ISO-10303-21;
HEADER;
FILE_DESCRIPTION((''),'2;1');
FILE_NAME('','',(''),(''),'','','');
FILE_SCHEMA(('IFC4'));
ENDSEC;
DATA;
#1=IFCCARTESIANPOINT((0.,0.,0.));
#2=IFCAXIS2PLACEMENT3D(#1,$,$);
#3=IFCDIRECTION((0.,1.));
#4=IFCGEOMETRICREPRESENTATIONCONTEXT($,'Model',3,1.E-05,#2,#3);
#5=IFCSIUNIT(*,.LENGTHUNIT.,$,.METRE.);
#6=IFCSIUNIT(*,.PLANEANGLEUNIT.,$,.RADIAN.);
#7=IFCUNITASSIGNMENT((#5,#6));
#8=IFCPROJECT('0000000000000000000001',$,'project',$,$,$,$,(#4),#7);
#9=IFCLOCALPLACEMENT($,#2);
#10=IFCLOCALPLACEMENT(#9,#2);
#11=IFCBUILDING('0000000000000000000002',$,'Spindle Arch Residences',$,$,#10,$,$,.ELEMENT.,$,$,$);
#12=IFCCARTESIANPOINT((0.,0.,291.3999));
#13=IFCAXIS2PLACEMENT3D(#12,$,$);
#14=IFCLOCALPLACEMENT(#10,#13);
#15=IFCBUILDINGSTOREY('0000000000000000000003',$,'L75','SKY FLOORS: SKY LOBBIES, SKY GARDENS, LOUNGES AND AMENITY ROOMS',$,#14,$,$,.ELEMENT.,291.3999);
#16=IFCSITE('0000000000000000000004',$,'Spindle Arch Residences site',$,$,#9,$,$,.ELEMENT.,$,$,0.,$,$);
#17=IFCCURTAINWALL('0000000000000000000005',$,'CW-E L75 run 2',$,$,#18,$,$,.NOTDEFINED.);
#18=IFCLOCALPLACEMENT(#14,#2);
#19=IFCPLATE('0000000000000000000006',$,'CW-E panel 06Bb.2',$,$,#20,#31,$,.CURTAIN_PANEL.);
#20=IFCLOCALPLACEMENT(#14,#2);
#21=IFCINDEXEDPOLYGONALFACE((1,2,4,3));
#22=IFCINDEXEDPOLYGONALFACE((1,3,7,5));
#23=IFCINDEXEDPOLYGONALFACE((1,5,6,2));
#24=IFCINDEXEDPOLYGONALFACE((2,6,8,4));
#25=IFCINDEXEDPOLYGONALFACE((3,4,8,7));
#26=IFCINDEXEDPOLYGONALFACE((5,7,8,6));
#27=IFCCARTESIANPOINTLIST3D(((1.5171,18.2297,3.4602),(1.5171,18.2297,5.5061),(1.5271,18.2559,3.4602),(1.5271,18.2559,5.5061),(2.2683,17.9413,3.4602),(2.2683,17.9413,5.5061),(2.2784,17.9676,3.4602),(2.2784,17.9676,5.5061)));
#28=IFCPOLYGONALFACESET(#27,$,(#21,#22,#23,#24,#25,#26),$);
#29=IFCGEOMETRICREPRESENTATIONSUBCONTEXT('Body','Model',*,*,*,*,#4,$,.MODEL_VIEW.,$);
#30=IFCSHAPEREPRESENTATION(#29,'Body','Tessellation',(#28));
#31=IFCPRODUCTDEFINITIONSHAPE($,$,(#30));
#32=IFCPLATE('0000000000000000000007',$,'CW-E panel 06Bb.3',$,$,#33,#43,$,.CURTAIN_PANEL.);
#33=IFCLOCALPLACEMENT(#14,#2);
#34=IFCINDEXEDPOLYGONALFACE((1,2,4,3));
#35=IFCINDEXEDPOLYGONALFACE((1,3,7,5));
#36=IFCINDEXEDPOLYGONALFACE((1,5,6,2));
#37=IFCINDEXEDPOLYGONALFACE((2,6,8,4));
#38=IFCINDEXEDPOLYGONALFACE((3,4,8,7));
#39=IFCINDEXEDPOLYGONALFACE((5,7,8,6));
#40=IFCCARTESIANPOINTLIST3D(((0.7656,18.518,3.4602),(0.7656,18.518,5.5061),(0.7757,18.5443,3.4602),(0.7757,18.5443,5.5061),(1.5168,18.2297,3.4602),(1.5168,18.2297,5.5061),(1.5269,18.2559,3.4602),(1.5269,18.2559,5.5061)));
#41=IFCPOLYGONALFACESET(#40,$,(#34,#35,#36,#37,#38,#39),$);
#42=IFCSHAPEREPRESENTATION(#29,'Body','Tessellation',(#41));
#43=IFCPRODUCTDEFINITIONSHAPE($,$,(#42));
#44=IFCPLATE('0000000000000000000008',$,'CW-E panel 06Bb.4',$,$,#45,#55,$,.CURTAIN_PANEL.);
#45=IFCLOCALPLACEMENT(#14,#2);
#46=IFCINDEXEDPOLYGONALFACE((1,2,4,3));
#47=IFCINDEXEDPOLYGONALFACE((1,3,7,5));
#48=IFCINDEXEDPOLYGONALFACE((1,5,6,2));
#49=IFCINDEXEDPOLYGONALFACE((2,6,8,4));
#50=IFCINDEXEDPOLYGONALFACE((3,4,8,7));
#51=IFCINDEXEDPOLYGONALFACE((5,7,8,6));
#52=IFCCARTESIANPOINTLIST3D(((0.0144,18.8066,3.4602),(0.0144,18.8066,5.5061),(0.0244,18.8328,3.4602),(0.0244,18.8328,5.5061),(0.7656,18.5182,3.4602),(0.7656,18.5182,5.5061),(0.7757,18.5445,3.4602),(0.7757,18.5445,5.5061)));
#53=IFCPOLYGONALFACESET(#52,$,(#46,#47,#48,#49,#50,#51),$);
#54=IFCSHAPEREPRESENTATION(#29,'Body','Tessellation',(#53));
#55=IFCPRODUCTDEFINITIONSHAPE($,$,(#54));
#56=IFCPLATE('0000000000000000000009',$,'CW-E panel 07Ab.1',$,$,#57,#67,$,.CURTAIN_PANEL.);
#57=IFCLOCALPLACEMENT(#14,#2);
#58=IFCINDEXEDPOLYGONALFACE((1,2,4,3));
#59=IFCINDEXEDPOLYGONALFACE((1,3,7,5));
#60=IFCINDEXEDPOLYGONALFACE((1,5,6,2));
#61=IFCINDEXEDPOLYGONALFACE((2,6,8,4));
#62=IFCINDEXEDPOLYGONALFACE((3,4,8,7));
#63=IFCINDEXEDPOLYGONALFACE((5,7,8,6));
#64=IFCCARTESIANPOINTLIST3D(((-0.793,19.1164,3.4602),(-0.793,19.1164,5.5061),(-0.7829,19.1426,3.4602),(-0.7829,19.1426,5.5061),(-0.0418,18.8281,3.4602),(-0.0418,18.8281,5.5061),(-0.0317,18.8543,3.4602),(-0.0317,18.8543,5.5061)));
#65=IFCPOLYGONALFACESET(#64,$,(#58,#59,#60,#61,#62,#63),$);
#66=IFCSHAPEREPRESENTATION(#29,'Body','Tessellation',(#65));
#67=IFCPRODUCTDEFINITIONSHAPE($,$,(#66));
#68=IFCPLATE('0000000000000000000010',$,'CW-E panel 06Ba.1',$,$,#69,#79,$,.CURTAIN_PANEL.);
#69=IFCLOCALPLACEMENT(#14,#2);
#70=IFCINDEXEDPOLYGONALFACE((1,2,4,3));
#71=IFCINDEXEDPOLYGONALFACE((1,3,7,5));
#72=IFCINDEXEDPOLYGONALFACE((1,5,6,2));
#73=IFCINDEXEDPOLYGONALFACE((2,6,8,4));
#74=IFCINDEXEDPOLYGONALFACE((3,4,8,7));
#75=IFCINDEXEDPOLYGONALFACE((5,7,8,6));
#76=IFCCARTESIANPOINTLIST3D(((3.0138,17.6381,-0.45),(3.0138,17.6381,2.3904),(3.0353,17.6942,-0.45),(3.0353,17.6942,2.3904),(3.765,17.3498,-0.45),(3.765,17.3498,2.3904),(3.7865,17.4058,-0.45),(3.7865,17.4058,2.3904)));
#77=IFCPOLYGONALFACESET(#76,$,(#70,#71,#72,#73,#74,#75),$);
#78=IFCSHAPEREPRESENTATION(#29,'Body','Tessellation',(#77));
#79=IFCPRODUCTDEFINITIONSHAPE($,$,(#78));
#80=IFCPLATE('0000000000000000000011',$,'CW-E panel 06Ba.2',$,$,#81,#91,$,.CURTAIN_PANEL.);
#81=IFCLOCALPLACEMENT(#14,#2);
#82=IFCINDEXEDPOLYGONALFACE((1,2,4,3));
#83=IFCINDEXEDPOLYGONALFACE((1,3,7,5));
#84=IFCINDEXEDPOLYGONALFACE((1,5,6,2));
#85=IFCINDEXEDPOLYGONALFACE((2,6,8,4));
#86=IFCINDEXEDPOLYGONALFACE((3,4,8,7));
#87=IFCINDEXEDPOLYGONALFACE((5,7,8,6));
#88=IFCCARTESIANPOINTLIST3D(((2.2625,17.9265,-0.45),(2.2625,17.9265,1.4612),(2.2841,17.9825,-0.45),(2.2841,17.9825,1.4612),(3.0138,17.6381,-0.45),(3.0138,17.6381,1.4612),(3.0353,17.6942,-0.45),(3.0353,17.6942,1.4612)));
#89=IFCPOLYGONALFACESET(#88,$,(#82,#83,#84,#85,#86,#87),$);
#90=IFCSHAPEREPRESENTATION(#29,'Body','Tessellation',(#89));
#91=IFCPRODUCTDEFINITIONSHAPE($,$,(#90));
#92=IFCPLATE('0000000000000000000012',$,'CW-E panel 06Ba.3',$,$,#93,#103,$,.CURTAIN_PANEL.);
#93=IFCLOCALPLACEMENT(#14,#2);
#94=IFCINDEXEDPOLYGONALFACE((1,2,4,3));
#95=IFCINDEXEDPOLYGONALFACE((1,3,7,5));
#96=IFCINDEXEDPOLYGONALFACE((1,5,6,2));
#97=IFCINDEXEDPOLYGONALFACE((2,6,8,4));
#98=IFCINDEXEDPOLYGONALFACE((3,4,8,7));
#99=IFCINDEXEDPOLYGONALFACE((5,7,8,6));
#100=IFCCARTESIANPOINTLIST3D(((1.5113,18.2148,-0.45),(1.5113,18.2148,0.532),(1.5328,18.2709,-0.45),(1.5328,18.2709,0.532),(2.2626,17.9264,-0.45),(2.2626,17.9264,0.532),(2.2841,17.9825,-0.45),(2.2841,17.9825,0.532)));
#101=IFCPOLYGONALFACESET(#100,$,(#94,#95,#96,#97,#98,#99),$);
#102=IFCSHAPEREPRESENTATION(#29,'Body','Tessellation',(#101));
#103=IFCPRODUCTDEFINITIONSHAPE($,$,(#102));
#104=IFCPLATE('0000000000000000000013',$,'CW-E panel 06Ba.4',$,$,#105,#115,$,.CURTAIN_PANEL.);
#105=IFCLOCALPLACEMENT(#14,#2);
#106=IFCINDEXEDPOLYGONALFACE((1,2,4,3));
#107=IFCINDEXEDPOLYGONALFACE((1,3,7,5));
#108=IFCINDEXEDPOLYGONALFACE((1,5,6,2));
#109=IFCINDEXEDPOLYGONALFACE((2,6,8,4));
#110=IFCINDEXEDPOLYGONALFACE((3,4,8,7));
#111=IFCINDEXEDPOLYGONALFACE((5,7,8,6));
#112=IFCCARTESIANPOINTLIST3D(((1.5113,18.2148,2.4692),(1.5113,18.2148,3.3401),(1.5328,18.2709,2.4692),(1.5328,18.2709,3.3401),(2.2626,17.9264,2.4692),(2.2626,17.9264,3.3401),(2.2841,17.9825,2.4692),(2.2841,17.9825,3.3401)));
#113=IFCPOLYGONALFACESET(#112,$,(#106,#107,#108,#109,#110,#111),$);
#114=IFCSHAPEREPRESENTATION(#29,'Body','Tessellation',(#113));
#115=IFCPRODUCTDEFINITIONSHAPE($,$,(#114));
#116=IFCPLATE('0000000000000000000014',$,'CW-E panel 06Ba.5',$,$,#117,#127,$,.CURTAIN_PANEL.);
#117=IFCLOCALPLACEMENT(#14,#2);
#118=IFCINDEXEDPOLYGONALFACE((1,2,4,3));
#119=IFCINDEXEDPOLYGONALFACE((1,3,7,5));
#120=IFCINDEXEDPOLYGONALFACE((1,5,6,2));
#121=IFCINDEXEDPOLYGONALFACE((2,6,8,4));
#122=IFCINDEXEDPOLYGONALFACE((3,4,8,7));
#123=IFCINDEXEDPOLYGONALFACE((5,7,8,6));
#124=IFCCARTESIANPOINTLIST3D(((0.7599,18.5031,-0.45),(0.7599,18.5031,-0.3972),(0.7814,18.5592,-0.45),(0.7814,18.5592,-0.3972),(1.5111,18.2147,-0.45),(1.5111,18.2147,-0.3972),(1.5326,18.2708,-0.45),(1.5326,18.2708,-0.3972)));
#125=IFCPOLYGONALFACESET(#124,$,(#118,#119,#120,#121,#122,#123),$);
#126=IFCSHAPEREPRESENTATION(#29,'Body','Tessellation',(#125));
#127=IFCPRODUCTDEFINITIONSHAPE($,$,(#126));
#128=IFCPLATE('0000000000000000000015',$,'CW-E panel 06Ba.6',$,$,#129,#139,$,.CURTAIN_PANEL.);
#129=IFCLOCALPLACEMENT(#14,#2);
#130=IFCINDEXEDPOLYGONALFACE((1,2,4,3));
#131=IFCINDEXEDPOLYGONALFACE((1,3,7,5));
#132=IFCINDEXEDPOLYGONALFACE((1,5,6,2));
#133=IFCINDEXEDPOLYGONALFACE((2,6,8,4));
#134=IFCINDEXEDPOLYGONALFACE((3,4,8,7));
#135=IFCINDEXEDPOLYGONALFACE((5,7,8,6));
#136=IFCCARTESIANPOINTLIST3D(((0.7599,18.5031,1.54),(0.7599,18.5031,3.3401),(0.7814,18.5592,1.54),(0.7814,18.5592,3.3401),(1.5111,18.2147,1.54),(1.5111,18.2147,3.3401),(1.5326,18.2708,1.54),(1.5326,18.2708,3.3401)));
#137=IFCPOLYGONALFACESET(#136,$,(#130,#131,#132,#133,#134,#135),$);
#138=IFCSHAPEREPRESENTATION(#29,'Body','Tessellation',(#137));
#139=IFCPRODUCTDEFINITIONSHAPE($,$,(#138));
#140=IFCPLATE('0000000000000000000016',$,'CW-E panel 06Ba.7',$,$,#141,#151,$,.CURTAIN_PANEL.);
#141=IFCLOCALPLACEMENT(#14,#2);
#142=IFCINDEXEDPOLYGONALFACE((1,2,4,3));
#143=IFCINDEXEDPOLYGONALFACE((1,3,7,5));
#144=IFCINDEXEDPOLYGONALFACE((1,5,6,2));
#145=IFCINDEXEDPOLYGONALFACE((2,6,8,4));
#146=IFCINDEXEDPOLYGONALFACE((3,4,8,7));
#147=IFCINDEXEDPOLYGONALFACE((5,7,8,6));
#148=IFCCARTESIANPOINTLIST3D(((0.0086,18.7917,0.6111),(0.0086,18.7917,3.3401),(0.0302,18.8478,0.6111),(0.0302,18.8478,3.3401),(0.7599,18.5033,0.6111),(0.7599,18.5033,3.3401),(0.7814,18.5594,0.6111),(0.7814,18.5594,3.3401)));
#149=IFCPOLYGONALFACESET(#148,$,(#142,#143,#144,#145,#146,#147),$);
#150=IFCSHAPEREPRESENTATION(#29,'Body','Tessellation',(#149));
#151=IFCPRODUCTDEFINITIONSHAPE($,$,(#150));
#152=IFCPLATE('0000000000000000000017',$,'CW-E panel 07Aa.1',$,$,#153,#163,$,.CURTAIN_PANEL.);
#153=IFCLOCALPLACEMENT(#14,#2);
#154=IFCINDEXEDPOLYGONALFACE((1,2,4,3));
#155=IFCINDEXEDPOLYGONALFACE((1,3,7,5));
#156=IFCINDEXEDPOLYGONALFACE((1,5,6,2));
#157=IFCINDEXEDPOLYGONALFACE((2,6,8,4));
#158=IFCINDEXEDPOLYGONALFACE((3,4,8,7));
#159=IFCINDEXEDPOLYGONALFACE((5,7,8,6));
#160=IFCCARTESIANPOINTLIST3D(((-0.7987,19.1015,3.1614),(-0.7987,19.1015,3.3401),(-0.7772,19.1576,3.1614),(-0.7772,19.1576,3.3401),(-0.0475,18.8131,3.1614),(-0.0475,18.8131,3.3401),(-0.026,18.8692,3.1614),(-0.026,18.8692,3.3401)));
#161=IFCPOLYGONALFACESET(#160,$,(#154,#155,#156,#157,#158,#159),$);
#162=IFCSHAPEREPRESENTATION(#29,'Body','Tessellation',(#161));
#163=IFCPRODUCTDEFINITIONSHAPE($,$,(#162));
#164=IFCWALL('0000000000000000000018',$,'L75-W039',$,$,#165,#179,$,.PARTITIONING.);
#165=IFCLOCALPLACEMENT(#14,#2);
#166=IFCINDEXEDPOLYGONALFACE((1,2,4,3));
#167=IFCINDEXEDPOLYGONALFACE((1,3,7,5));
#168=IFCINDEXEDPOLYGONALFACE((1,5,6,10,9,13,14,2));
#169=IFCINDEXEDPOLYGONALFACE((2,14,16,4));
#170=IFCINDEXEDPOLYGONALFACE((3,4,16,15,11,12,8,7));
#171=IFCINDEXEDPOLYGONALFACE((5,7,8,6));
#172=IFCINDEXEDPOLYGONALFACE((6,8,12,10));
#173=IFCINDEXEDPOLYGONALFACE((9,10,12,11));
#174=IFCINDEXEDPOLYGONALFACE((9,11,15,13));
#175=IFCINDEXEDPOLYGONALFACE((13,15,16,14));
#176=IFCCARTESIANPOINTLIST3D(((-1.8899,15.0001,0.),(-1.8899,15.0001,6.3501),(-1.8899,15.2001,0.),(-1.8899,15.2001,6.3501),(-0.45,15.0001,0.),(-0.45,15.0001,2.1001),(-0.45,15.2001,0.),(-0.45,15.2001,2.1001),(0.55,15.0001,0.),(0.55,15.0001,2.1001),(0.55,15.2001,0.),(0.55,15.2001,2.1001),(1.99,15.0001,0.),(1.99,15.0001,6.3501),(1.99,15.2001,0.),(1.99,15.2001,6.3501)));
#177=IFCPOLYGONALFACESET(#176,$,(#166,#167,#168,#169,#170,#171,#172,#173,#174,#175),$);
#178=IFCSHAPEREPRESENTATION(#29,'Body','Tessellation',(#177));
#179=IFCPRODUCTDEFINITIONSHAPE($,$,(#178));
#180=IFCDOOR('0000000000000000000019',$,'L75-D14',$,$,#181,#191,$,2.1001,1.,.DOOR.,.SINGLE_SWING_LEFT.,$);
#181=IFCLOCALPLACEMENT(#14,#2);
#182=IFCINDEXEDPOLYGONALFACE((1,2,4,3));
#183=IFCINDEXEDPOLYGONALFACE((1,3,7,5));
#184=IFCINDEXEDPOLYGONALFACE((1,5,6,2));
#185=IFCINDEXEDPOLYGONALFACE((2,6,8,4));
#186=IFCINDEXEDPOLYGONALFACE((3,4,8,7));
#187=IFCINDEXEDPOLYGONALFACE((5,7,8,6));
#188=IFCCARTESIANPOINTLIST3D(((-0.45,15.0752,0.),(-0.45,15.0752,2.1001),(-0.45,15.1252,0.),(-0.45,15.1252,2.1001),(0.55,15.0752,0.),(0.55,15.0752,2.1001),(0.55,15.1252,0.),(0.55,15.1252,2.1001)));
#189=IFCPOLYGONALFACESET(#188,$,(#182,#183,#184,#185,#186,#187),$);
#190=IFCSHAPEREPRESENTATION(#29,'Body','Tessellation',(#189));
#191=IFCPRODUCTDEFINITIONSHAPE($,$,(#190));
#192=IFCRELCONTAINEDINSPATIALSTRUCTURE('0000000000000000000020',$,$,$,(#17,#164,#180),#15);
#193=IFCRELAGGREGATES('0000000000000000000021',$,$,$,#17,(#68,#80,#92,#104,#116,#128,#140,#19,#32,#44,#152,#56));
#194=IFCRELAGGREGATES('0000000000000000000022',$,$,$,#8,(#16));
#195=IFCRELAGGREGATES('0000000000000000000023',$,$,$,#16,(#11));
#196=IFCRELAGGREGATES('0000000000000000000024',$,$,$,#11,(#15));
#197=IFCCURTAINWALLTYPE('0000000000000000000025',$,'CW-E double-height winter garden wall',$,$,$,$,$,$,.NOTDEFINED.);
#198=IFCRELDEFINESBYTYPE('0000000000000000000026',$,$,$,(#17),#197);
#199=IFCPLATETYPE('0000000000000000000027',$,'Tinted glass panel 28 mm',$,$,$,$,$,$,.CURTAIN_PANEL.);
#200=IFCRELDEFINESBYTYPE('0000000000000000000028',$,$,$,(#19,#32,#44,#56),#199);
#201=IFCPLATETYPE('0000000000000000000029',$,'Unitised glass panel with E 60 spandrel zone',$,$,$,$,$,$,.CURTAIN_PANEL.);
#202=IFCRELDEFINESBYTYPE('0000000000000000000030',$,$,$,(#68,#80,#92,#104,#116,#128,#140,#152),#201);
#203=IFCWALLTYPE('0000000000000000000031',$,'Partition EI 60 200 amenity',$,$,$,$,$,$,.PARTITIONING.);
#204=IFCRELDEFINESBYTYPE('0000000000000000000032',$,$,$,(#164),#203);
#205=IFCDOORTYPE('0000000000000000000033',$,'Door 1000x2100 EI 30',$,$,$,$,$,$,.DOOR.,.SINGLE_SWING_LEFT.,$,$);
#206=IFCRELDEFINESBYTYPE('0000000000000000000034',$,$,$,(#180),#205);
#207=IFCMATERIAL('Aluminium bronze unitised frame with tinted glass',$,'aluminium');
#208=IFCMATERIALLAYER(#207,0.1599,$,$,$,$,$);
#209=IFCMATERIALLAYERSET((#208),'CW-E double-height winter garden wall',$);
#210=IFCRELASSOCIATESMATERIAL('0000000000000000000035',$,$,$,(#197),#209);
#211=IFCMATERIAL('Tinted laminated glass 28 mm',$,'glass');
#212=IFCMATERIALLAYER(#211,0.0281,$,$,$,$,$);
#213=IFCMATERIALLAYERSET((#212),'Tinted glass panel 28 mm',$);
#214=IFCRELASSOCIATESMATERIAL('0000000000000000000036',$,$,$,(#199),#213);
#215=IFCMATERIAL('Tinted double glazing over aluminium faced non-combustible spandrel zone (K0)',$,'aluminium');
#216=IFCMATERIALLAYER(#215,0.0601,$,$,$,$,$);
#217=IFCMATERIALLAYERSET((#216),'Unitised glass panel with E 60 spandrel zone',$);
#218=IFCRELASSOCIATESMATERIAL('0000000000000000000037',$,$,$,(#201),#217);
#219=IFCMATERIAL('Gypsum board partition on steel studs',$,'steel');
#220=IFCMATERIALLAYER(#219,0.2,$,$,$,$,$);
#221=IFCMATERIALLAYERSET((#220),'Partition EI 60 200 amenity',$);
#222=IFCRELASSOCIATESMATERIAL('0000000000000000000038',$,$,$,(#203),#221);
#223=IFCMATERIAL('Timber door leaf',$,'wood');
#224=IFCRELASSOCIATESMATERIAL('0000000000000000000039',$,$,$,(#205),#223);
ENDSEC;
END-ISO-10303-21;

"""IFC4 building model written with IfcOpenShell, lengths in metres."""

from ifc_helpers import new_model, si_unit, direction, frame, frame_2d, origin, origin_2d, place, context, subcontext, project, spatial, rectangle, extrude, material, layer, layer_set, type_object, element, fill, aggregate, save


model = new_model("IFC4")

# Units and contexts
model_context = context("Model", 3, precision=1e-05, world=origin(), true_north=direction((0.0, 1.0)))
body_context = subcontext(model_context, "Body", "Model", "MODEL_VIEW")
ifc_project = project(units=[si_unit("LENGTHUNIT", "METRE"), si_unit("PLANEANGLEUNIT", "RADIAN")], contexts=[model_context])

# Site, building, storey
site_placement = place(None, origin())
site = spatial("IfcSite", under=ifc_project, at=site_placement, Name="Spindle Arch Residences site", CompositionType="ELEMENT", RefElevation=0.0)
building_placement = place(site_placement, origin())
building = spatial("IfcBuilding", under=site, at=building_placement, Name="Spindle Arch Residences", CompositionType="ELEMENT")
storey_placement = place(building_placement, frame((0.0, 0.0, 291.3999)))
storey = spatial("IfcBuildingStorey", under=building, at=storey_placement, Name="L75", Description="SKY FLOORS: SKY LOBBIES, SKY GARDENS, LOUNGES AND AMENITY ROOMS", CompositionType="ELEMENT", Elevation=291.3999)

# Curtain wall, plates
ifc_material_1 = material(Name="Aluminium bronze unitised frame with tinted glass", Category="aluminium")
ifc_layer_1 = layer(ifc_material_1, 0.1599)
ifc_layer_set_1 = layer_set([ifc_layer_1], Name="CW-E double-height winter garden wall")
curtain_wall_type = type_object("IfcCurtainWallType", Name="CW-E double-height winter garden wall", PredefinedType="NOTDEFINED", material=ifc_layer_set_1)
curtain_wall_placement = place(storey_placement, origin())
curtain_wall = element("IfcCurtainWall", 1, at=curtain_wall_placement, inside=storey, type_object=curtain_wall_type, Name="CW-E L75 run 2", PredefinedType="NOTDEFINED")
ifc_material_2 = material(Name="Tinted laminated glass 28 mm", Category="glass")
ifc_layer_2 = layer(ifc_material_2, 0.0281)
ifc_layer_set_2 = layer_set([ifc_layer_2], Name="Tinted glass panel 28 mm")
plate_type_1 = type_object("IfcPlateType", Name="Tinted glass panel 28 mm", PredefinedType="CURTAIN_PANEL", material=ifc_layer_set_2)
plate_1_placement = place(storey_placement, frame((1.8977, 18.0986, 3.4602), z_axis=(0.0, 0.0, 1.0), x_axis=(-0.93358, 0.358368, 0.0)))
plate_1 = element("IfcPlate", 2, at=plate_1_placement, type_object=plate_type_1, Name="CW-E panel 06Bb.2", PredefinedType="CURTAIN_PANEL", context=body_context, shape_type="SweptSolid", body=[
    extrude(rectangle(XDim=0.8047, YDim=0.0281, at=origin_2d()), origin(), (0.0, 0.0, 1.0), 2.0459),
])
plate_2_placement = place(storey_placement, frame((1.1462, 18.387, 3.4602), z_axis=(0.0, 0.0, 1.0), x_axis=(-0.93358, 0.358368, 0.0)))
plate_2 = element("IfcPlate", 3, at=plate_2_placement, type_object=plate_type_1, Name="CW-E panel 06Bb.3", PredefinedType="CURTAIN_PANEL", context=body_context, shape_type="SweptSolid", body=[
    extrude(rectangle(XDim=0.8047, YDim=0.0281, at=origin_2d()), origin(), (0.0, 0.0, 1.0), 2.0459),
])
plate_3_placement = place(storey_placement, frame((0.395, 18.6755, 3.4602), z_axis=(0.0, 0.0, 1.0), x_axis=(-0.93358, 0.358368, 0.0)))
plate_3 = element("IfcPlate", 4, at=plate_3_placement, type_object=plate_type_1, Name="CW-E panel 06Bb.4", PredefinedType="CURTAIN_PANEL", context=body_context, shape_type="SweptSolid", body=[
    extrude(rectangle(XDim=0.8047, YDim=0.0281, at=origin_2d()), origin(), (0.0, 0.0, 1.0), 2.0459),
])
plate_4_placement = place(storey_placement, frame((-0.4124, 18.9854, 3.4602), z_axis=(0.0, 0.0, 1.0), x_axis=(-0.93358, 0.358368, 0.0)))
plate_4 = element("IfcPlate", 5, at=plate_4_placement, type_object=plate_type_1, Name="CW-E panel 07Ab.1", PredefinedType="CURTAIN_PANEL", context=body_context, shape_type="SweptSolid", body=[
    extrude(rectangle(XDim=0.8047, YDim=0.0281, at=origin_2d()), origin(), (0.0, 0.0, 1.0), 2.0459),
])
ifc_material_3 = material(Name="Tinted double glazing over aluminium faced non-combustible spandrel zone (K0)", Category="aluminium")
ifc_layer_3 = layer(ifc_material_3, 0.0601)
ifc_layer_set_3 = layer_set([ifc_layer_3], Name="Unitised glass panel with E 60 spandrel zone")
plate_type_2 = type_object("IfcPlateType", Name="Unitised glass panel with E 60 spandrel zone", PredefinedType="CURTAIN_PANEL", material=ifc_layer_set_3)
plate_5_placement = place(storey_placement, frame((3.4001, 17.522, -0.45), z_axis=(0.0, 0.0, 1.0), x_axis=(-0.93358, 0.358368, 0.0)))
plate_5 = element("IfcPlate", 6, at=plate_5_placement, type_object=plate_type_2, Name="CW-E panel 06Ba.1", PredefinedType="CURTAIN_PANEL", context=body_context, shape_type="SweptSolid", body=[
    extrude(rectangle(XDim=0.8047, YDim=0.0601, at=origin_2d()), origin(), (0.0, 0.0, 1.0), 2.8403),
])
plate_6_placement = place(storey_placement, frame((2.6489, 17.8103, -0.45), z_axis=(0.0, 0.0, 1.0), x_axis=(-0.93358, 0.358368, 0.0)))
plate_6 = element("IfcPlate", 7, at=plate_6_placement, type_object=plate_type_2, Name="CW-E panel 06Ba.2", PredefinedType="CURTAIN_PANEL", context=body_context, shape_type="SweptSolid", body=[
    extrude(rectangle(XDim=0.8047, YDim=0.0601, at=origin_2d()), origin(), (0.0, 0.0, 1.0), 1.9111),
])
plate_7_placement = place(storey_placement, frame((1.8977, 18.0986, -0.45), z_axis=(0.0, 0.0, 1.0), x_axis=(-0.93358, 0.358368, 0.0)))
plate_7 = element("IfcPlate", 8, at=plate_7_placement, type_object=plate_type_2, Name="CW-E panel 06Ba.3", PredefinedType="CURTAIN_PANEL", context=body_context, shape_type="SweptSolid", body=[
    extrude(rectangle(XDim=0.8047, YDim=0.0601, at=origin_2d()), origin(), (0.0, 0.0, 1.0), 0.9819),
])
plate_8_placement = place(storey_placement, frame((1.8977, 18.0986, 2.4692), z_axis=(0.0, 0.0, 1.0), x_axis=(-0.93358, 0.358368, 0.0)))
plate_8 = element("IfcPlate", 9, at=plate_8_placement, type_object=plate_type_2, Name="CW-E panel 06Ba.4", PredefinedType="CURTAIN_PANEL", context=body_context, shape_type="SweptSolid", body=[
    extrude(rectangle(XDim=0.8047, YDim=0.0601, at=origin_2d()), origin(), (0.0, 0.0, 1.0), 0.8708),
])
plate_9_placement = place(storey_placement, frame((1.1462, 18.387, -0.45), z_axis=(0.0, 0.0, 1.0), x_axis=(-0.93358, 0.358368, 0.0)))
plate_9 = element("IfcPlate", 10, at=plate_9_placement, type_object=plate_type_2, Name="CW-E panel 06Ba.5", PredefinedType="CURTAIN_PANEL", context=body_context, shape_type="SweptSolid", body=[
    extrude(rectangle(XDim=0.8047, YDim=0.0601, at=origin_2d()), origin(), (0.0, 0.0, 1.0), 0.0527),
])
plate_10_placement = place(storey_placement, frame((1.1462, 18.387, 1.54), z_axis=(0.0, 0.0, 1.0), x_axis=(-0.93358, 0.358368, 0.0)))
plate_10 = element("IfcPlate", 11, at=plate_10_placement, type_object=plate_type_2, Name="CW-E panel 06Ba.6", PredefinedType="CURTAIN_PANEL", context=body_context, shape_type="SweptSolid", body=[
    extrude(rectangle(XDim=0.8047, YDim=0.0601, at=origin_2d()), origin(), (0.0, 0.0, 1.0), 1.8),
])
plate_11_placement = place(storey_placement, frame((0.395, 18.6755, 0.6111), z_axis=(0.0, 0.0, 1.0), x_axis=(-0.93358, 0.358368, 0.0)))
plate_11 = element("IfcPlate", 12, at=plate_11_placement, type_object=plate_type_2, Name="CW-E panel 06Ba.7", PredefinedType="CURTAIN_PANEL", context=body_context, shape_type="SweptSolid", body=[
    extrude(rectangle(XDim=0.8047, YDim=0.0601, at=origin_2d()), origin(), (0.0, 0.0, 1.0), 2.729),
])
plate_12_placement = place(storey_placement, frame((-0.4124, 18.9854, 3.1614), z_axis=(0.0, 0.0, 1.0), x_axis=(-0.93358, 0.358368, 0.0)))
plate_12 = element("IfcPlate", 13, at=plate_12_placement, type_object=plate_type_2, Name="CW-E panel 07Aa.1", PredefinedType="CURTAIN_PANEL", context=body_context, shape_type="SweptSolid", body=[
    extrude(rectangle(XDim=0.8047, YDim=0.0601, at=origin_2d()), origin(), (0.0, 0.0, 1.0), 0.1787),
])
aggregate(curtain_wall, [plate_5, plate_6, plate_7, plate_8, plate_9, plate_10, plate_11, plate_1, plate_2, plate_3, plate_12, plate_4])

# Wall, opening, door
ifc_material_4 = material(Name="Gypsum board partition on steel studs", Category="steel")
ifc_layer_4 = layer(ifc_material_4, 0.2)
ifc_layer_set_4 = layer_set([ifc_layer_4], Name="Partition EI 60 200 amenity")
wall_type = type_object("IfcWallType", Name="Partition EI 60 200 amenity", PredefinedType="PARTITIONING", material=ifc_layer_set_4)
wall_1_placement = place(storey_placement, frame((1.99, 15.1001, 0.0), z_axis=(0.0, 0.0, 1.0), x_axis=(-1.0, 0.0, 0.0)))
wall_1 = element("IfcWall", 14, at=wall_1_placement, inside=storey, type_object=wall_type, Name="L75-W039", PredefinedType="PARTITIONING", context=body_context, shape_type="SweptSolid", body=[
    extrude(rectangle(XDim=3.8799, YDim=0.2, at=frame_2d((1.9399, 0.0))), origin(), (0.0, 0.0, 1.0), 6.3501),
])
opening_placement = place(wall_1_placement, frame((1.4399, 0.0, 0.0)))
opening = element("IfcOpeningElement", 15, at=opening_placement, cuts=wall_1, PredefinedType="OPENING", context=body_context, shape_type="SweptSolid", body=[
    extrude(rectangle(XDim=1.0, YDim=2.1001, at=frame_2d((0.5, 1.05))), frame((0.0, 0.1099, 0.0), z_axis=(0.0, -1.0, 0.0), x_axis=(1.0, 0.0, 0.0)), (0.0, 0.0, 1.0), 0.22),
])
ifc_material_5 = material(Name="Timber door leaf", Category="wood")
door_type = type_object("IfcDoorType", Name="Door 1000x2100 EI 30", OperationType="SINGLE_SWING_LEFT", PredefinedType="DOOR", material=ifc_material_5)
door_placement = place(opening_placement, origin())
door = element("IfcDoor", 16, at=door_placement, inside=storey, type_object=door_type, Name="L75-D14", OperationType="SINGLE_SWING_LEFT", OverallHeight=2.1001, OverallWidth=1.0, PredefinedType="DOOR", context=body_context, shape_type="SweptSolid", body=[
    extrude(rectangle(XDim=1.0, YDim=2.1001, at=frame_2d((0.5, 1.05))), frame((0.0, 0.0249, 0.0), z_axis=(0.0, -1.0, 0.0), x_axis=(1.0, 0.0, 0.0)), (0.0, 0.0, 1.0), 0.05),
])
fill(opening, door)

save(model, "model.ifc")
